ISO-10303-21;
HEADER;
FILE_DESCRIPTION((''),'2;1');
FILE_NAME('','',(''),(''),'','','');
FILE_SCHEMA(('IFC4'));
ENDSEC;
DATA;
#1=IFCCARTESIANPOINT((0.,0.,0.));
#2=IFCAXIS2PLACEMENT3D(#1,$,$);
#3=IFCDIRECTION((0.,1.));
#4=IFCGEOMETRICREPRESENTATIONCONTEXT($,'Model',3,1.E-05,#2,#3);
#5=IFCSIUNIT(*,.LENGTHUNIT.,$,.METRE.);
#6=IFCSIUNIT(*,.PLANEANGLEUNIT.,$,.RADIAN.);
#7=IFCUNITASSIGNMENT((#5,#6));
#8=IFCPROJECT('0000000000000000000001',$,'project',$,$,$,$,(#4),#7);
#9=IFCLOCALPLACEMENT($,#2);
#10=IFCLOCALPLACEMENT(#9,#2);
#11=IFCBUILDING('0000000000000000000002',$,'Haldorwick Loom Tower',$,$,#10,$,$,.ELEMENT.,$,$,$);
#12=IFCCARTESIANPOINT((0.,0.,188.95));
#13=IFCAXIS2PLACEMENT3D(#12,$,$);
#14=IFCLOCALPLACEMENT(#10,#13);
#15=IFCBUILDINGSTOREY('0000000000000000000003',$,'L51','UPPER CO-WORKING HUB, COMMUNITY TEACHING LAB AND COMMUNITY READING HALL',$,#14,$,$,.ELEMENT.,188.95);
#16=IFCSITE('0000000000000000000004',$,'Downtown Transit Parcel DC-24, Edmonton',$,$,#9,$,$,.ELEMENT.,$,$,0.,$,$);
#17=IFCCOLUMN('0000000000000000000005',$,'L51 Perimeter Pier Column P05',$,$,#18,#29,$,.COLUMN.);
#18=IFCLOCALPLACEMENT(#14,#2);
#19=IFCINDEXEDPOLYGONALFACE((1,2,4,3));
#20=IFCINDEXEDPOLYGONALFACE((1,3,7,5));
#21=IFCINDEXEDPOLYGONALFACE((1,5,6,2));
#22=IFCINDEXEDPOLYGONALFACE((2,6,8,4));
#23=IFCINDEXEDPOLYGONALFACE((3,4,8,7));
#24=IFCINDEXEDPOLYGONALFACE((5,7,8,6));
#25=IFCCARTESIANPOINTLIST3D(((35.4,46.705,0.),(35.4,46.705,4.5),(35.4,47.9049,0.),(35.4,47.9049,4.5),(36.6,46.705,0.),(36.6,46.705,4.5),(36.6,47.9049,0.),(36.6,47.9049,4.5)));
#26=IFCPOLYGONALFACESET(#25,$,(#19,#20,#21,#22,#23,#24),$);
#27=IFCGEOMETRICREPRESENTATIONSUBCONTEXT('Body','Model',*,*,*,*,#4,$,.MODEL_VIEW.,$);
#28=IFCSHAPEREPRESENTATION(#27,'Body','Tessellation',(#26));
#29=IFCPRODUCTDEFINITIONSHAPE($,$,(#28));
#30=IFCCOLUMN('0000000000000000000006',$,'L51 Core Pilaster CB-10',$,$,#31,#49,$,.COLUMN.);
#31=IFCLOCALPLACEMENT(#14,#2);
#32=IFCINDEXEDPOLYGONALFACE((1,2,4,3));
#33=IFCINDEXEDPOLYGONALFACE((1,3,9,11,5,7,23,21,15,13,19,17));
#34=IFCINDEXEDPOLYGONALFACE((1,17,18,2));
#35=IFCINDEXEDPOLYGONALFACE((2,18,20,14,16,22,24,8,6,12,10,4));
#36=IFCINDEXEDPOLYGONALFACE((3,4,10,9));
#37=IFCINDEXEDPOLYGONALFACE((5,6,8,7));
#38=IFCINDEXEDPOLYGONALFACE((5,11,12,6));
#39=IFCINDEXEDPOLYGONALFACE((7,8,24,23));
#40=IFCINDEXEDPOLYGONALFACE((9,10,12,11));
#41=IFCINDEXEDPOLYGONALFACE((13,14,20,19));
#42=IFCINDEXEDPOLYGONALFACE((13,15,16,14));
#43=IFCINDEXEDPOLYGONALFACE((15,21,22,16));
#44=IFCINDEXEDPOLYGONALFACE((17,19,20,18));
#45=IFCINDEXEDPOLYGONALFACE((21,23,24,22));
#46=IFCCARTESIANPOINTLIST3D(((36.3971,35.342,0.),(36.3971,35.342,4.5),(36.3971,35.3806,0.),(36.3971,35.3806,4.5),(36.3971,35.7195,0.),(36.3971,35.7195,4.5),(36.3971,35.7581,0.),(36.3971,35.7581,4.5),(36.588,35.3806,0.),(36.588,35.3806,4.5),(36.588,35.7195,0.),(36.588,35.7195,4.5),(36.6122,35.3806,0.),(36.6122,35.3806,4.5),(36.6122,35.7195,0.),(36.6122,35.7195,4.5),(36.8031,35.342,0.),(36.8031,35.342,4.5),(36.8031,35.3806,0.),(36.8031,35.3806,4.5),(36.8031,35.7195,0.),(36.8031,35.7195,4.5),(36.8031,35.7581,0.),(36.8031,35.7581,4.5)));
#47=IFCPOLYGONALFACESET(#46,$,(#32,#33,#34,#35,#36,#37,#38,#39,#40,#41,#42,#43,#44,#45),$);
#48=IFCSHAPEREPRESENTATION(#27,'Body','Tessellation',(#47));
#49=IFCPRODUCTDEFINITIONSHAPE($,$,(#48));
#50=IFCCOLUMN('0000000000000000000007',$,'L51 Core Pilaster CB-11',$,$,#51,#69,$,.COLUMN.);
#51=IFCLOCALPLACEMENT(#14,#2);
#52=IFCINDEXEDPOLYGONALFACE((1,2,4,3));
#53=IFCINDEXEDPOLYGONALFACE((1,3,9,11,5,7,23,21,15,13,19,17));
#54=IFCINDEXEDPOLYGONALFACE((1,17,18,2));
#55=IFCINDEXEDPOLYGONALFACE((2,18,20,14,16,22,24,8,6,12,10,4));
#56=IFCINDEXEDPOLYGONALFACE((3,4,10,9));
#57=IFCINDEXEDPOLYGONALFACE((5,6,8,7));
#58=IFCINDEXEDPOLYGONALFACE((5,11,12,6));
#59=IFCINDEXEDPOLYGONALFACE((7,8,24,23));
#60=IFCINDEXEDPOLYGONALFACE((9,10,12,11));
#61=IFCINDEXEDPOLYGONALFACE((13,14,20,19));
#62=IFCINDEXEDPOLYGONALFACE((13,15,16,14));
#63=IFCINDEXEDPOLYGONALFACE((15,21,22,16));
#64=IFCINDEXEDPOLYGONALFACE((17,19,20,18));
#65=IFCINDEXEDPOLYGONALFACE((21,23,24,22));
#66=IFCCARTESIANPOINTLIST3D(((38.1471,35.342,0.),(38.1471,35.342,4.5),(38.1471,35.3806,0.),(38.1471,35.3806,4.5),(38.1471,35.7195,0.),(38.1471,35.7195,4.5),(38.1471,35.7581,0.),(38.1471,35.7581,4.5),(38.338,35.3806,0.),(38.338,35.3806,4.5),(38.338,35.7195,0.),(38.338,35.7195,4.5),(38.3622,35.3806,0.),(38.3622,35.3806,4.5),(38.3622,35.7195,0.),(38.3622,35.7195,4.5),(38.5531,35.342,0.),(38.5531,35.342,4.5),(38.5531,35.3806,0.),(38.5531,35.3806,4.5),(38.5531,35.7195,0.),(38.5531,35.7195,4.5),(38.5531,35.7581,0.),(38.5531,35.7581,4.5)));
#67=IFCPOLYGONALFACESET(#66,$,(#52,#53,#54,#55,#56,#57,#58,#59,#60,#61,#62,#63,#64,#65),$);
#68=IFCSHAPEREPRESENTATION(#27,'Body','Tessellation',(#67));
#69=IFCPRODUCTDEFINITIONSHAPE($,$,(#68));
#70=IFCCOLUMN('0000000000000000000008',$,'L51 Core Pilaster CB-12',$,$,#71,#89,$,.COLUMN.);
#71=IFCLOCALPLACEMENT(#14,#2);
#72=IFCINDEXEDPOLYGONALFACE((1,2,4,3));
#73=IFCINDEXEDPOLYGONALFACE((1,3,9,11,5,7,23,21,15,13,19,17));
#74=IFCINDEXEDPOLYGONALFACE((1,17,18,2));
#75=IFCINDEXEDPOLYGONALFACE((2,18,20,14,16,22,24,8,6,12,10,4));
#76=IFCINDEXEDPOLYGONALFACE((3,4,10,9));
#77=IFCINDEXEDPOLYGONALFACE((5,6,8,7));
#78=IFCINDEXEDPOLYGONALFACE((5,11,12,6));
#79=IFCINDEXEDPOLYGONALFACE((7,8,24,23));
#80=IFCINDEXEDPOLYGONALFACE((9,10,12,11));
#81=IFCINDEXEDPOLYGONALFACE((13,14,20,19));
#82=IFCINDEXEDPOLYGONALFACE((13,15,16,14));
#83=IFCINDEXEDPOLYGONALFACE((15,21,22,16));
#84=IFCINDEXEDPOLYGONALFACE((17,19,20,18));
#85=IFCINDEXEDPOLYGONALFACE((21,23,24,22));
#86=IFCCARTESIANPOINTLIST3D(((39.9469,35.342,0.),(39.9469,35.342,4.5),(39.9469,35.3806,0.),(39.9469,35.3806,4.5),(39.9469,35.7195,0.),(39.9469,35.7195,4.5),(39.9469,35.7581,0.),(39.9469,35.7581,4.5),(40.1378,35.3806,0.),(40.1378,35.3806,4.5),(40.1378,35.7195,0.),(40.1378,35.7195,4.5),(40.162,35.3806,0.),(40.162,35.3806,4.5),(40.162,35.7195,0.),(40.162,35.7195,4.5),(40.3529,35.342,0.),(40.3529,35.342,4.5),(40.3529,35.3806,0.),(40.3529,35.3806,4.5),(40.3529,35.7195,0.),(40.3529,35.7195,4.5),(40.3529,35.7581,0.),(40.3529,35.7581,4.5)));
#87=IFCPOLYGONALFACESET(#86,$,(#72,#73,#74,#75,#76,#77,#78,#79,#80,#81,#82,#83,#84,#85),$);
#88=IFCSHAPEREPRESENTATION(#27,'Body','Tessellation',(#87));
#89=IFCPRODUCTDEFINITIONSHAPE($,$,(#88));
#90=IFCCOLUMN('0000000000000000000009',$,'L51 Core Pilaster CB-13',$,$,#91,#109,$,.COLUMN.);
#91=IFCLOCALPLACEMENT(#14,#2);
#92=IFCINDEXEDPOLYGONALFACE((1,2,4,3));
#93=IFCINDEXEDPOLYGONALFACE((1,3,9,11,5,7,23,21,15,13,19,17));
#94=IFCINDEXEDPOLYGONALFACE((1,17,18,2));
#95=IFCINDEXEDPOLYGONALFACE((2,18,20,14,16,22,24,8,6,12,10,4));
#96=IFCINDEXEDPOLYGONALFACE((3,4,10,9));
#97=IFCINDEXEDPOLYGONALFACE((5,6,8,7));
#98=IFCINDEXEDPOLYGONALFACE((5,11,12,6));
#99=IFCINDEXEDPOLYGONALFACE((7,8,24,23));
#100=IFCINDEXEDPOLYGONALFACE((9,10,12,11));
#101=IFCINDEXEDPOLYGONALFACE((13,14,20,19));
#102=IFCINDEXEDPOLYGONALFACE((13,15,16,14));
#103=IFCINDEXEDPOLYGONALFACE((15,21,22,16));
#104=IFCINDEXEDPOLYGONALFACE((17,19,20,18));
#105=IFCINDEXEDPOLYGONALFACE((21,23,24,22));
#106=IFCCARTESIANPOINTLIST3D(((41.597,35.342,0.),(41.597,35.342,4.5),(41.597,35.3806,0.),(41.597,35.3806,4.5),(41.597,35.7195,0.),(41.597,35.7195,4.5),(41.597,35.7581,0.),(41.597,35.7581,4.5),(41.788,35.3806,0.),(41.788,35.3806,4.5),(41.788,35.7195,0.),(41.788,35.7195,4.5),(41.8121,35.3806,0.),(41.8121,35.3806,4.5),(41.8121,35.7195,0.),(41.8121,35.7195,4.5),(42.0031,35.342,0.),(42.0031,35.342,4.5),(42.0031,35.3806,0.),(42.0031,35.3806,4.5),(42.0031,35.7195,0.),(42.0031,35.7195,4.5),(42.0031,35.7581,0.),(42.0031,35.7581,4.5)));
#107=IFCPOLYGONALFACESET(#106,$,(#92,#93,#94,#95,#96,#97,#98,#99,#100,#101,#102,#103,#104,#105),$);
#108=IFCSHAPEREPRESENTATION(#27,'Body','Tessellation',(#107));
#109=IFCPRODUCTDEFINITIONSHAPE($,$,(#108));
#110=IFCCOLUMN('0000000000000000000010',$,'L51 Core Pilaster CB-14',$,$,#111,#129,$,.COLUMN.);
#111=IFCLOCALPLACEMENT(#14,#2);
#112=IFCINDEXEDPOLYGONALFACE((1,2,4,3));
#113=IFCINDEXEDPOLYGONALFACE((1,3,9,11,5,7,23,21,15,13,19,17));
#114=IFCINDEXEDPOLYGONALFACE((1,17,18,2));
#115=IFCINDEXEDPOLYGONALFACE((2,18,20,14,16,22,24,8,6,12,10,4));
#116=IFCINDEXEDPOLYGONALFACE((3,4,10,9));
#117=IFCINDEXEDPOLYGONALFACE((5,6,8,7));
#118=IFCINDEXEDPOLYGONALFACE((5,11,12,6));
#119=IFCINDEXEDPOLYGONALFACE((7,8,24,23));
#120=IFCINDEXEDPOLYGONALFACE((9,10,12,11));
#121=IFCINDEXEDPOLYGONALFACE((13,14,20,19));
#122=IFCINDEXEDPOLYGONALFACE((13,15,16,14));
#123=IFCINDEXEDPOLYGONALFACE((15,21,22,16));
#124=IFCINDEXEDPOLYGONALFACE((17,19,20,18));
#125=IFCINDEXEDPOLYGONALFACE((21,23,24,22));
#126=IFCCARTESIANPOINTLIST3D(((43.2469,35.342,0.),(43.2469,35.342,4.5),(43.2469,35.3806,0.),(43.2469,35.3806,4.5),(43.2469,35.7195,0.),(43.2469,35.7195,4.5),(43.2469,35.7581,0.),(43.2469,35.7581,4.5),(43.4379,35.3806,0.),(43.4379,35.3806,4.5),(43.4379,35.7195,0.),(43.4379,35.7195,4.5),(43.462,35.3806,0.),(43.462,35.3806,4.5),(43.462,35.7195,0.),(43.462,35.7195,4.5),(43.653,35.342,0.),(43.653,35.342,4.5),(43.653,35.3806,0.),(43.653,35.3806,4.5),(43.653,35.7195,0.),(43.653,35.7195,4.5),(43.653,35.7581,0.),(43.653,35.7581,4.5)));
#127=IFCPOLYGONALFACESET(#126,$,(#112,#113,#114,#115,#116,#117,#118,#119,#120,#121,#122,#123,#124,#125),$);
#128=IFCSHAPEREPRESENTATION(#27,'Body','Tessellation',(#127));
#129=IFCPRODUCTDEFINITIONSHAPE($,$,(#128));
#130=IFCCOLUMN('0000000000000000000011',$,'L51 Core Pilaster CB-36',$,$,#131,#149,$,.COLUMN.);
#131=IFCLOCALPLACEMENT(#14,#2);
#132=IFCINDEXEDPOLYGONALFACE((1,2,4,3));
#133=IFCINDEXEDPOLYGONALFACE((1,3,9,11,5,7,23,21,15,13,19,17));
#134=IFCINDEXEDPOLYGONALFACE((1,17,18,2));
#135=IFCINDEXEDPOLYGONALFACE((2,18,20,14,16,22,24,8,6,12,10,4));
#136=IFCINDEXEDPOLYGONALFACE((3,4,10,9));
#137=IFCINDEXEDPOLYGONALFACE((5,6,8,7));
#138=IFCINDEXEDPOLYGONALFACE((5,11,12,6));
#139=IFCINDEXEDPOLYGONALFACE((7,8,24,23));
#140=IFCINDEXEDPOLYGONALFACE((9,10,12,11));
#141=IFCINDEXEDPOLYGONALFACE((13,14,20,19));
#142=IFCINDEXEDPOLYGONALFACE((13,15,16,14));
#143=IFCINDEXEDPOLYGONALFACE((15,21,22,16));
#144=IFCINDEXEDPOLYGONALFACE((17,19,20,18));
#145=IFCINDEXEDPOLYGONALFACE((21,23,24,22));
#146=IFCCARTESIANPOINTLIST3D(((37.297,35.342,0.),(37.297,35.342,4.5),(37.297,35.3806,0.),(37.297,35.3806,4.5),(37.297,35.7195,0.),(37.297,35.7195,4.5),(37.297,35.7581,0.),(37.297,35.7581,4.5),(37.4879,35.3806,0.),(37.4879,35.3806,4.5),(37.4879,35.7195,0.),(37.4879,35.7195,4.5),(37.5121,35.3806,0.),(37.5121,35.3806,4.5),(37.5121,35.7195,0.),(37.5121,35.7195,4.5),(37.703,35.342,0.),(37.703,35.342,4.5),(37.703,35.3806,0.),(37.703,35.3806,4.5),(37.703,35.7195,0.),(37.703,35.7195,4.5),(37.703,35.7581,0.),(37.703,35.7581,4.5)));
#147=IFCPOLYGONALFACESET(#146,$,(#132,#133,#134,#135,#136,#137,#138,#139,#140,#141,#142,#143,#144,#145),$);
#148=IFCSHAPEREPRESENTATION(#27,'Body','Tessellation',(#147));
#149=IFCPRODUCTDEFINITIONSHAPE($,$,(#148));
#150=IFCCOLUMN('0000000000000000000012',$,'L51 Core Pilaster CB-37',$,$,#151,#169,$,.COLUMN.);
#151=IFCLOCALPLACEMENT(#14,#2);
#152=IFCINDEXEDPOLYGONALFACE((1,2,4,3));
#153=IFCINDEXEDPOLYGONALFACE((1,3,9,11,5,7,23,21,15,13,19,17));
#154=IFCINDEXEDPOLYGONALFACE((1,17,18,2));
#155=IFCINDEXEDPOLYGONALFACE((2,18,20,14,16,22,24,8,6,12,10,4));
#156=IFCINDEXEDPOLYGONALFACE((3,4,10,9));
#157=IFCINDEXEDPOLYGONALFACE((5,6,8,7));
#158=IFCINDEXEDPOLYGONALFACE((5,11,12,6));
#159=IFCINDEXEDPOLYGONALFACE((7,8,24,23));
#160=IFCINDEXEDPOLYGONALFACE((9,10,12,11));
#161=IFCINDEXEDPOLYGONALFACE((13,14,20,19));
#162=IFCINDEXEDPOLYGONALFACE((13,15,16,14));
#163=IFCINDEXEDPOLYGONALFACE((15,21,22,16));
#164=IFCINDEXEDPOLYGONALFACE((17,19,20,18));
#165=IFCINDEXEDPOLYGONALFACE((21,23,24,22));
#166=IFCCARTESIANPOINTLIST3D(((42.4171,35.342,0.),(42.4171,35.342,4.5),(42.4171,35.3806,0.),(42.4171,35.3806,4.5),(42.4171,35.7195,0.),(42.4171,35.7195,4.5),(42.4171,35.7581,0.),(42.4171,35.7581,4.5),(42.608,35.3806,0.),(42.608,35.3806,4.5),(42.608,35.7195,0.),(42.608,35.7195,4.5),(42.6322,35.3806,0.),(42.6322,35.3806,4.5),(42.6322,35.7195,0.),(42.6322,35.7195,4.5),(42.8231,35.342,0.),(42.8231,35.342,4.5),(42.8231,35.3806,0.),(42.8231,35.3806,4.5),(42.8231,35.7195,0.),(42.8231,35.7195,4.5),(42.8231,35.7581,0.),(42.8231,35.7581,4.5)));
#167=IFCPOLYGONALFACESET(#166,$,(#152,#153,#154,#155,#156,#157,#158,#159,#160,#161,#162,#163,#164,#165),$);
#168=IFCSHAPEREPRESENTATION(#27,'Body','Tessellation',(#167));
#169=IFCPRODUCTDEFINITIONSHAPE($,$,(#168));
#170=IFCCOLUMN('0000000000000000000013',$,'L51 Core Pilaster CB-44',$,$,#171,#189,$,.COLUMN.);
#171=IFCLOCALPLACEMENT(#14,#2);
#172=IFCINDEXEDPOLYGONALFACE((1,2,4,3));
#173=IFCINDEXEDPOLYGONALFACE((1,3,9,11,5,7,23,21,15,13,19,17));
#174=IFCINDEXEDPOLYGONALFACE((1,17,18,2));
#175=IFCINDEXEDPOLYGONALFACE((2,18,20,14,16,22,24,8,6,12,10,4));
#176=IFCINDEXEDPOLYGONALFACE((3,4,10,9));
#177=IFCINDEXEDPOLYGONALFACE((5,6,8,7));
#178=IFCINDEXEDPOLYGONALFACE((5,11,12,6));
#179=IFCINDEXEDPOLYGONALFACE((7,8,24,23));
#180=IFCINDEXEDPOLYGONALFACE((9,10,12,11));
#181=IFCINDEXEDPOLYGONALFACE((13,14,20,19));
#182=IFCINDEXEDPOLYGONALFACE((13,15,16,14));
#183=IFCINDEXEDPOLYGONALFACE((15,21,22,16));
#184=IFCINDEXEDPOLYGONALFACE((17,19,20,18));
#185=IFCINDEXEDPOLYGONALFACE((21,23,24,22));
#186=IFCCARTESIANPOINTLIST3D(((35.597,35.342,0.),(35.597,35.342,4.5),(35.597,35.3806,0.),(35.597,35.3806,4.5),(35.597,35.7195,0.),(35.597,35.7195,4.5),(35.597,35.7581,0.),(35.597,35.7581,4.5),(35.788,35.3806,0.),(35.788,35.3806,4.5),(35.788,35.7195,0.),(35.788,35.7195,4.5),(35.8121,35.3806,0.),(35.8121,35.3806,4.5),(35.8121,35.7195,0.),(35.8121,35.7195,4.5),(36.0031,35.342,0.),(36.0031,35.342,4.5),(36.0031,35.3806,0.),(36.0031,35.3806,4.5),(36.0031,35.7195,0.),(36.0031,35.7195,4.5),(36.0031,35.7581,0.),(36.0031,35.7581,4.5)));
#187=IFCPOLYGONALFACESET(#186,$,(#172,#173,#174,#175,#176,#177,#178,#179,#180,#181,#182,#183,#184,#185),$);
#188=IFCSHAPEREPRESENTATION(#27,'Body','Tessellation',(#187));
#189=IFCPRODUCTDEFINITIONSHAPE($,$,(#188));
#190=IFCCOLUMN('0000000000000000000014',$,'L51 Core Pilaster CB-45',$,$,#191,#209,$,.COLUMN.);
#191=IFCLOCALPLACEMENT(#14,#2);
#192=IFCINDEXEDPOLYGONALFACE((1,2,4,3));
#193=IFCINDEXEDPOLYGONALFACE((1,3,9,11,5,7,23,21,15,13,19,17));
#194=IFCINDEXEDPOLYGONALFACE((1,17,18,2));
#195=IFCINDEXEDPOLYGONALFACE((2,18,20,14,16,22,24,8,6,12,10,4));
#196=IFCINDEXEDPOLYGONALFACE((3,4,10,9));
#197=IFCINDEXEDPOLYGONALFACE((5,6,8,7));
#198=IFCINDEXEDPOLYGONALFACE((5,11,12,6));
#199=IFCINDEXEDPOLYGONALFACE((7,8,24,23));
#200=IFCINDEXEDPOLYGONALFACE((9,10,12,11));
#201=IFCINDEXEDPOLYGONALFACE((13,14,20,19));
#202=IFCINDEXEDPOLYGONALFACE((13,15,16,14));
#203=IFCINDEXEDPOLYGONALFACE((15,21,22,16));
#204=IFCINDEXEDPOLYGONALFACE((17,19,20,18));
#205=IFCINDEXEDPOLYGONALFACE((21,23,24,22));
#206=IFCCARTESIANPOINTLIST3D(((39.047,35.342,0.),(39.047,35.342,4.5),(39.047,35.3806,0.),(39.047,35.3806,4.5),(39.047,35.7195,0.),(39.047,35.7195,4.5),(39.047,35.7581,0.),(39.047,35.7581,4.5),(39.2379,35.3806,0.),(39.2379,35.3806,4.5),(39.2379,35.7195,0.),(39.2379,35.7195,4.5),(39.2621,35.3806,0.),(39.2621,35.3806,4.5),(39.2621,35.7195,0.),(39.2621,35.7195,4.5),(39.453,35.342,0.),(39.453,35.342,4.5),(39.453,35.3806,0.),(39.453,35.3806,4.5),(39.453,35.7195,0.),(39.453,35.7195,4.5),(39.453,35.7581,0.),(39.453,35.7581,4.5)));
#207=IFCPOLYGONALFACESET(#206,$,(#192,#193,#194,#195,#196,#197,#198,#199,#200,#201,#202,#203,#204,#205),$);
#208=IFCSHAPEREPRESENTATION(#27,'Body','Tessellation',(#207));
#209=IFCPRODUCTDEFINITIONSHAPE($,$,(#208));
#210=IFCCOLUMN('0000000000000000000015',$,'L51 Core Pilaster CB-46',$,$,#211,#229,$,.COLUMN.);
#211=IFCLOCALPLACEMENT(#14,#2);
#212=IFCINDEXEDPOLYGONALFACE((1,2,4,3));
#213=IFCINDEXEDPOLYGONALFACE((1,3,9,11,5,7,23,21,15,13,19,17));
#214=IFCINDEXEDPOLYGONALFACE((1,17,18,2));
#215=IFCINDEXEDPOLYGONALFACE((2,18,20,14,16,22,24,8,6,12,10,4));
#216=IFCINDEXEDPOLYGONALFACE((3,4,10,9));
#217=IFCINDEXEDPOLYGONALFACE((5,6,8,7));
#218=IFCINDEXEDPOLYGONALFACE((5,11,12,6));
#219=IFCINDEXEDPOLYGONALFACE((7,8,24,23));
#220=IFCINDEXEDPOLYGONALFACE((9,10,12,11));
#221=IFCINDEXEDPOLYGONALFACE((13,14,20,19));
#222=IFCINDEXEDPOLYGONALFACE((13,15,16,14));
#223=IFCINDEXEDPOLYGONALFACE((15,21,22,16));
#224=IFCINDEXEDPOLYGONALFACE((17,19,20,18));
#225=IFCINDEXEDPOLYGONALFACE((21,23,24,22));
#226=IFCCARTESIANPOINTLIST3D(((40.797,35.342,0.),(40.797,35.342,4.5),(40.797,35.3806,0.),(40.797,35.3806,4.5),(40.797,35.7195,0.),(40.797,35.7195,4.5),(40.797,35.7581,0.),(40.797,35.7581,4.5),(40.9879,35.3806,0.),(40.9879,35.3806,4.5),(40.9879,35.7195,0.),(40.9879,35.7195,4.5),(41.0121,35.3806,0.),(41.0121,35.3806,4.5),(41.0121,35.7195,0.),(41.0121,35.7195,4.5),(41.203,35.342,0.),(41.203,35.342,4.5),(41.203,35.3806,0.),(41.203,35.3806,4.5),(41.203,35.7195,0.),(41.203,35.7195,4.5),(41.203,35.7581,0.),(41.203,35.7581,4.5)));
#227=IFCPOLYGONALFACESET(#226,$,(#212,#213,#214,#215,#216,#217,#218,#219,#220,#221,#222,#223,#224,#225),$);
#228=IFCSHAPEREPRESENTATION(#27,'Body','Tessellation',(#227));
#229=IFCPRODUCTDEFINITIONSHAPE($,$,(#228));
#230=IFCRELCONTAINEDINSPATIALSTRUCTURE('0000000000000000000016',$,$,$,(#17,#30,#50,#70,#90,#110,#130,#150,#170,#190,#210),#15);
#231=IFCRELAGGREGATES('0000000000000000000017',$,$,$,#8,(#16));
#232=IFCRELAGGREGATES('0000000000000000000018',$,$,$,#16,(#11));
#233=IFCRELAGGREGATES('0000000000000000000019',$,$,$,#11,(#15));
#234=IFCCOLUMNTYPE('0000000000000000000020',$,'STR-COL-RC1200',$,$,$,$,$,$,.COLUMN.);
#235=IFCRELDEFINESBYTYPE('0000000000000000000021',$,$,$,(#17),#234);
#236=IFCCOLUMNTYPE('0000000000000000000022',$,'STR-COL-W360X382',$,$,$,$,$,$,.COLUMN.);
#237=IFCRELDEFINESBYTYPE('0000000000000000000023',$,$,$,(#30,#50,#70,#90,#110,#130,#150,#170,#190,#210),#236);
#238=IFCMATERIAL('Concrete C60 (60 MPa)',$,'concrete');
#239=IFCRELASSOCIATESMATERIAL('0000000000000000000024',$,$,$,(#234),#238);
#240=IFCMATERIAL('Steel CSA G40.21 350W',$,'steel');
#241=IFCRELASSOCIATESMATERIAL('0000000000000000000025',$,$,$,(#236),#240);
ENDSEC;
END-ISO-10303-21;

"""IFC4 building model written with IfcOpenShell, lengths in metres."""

from ifc_helpers import new_model, si_unit, direction, frame, origin, origin_2d, place, context, subcontext, project, spatial, rectangle, i_section, extrude, material, material_profile, profile_set, type_object, element, save


model = new_model("IFC4")

# Units and contexts
model_context = context("Model", 3, precision=1e-05, world=origin(), true_north=direction((0.0, 1.0)))
body_context = subcontext(model_context, "Body", "Model", "MODEL_VIEW")
ifc_project = project(units=[si_unit("LENGTHUNIT", "METRE"), si_unit("PLANEANGLEUNIT", "RADIAN")], contexts=[model_context])

# Site, building, storey
site_placement = place(None, origin())
site = spatial("IfcSite", under=ifc_project, at=site_placement, Name="Downtown Transit Parcel DC-24, Edmonton", CompositionType="ELEMENT", RefElevation=0.0)
building_placement = place(site_placement, origin())
building = spatial("IfcBuilding", under=site, at=building_placement, Name="Haldorwick Loom Tower", CompositionType="ELEMENT")
storey_placement = place(building_placement, frame((0.0, 0.0, 188.95)))
storey = spatial("IfcBuildingStorey", under=building, at=storey_placement, Name="L51", Description="UPPER CO-WORKING HUB, COMMUNITY TEACHING LAB AND COMMUNITY READING HALL", CompositionType="ELEMENT", Elevation=188.95)

# Columns
ifc_material_1 = material(Name="Concrete C60 (60 MPa)", Category="concrete")
ifc_material_profile_1 = material_profile(ifc_material_1, rectangle(XDim=1.2, YDim=1.2, at=origin_2d()), Name="RC1200X1200", Category="concrete")
ifc_profile_set_1 = profile_set([ifc_material_profile_1], Name="Concrete C60 (60 MPa)")
column_type_1 = type_object("IfcColumnType", Name="STR-COL-RC1200", PredefinedType="COLUMN", material=ifc_profile_set_1)
column_placement = place(storey_placement, frame((36.0, 47.3049, 0.0), z_axis=(0.0, 0.0, 1.0), x_axis=(0.0, 1.0, 0.0)))
element("IfcColumn", 1, at=column_placement, inside=storey, type_object=column_type_1, Name="L51 Perimeter Pier Column P05", PredefinedType="COLUMN", context=body_context, shape_type="SweptSolid", body=[
    extrude(rectangle(XDim=1.2, YDim=1.2, at=origin_2d()), origin(), (0.0, 0.0, 1.0), 4.5),
])
ifc_material_2 = material(Name="Steel CSA G40.21 350W", Category="steel")
ifc_material_profile_2 = material_profile(ifc_material_2, i_section(OverallWidth=0.406, OverallDepth=0.416, WebThickness=0.0242, FlangeThickness=0.0386, at=origin_2d()), Name="W360X382", Category="steel")
ifc_profile_set_2 = profile_set([ifc_material_profile_2], Name="Steel CSA G40.21 350W")
column_type_2 = type_object("IfcColumnType", Name="STR-COL-W360X382", PredefinedType="COLUMN", material=ifc_profile_set_2)
for number, where, z_axis, x_axis, name in (
    (2, (36.6001, 35.55, 0.0), (0.0, 0.0, 1.0), (1.0, 0.0, 0.0), "L51 Core Pilaster CB-10"),
    (3, (38.3501, 35.55, 0.0), (0.0, 0.0, 1.0), (1.0, 0.0, 0.0), "L51 Core Pilaster CB-11"),
    (4, (40.1499, 35.55, 0.0), (0.0, 0.0, 1.0), (1.0, 0.0, 0.0), "L51 Core Pilaster CB-12"),
    (5, (41.8, 35.55, 0.0), (0.0, 0.0, 1.0), (1.0, 0.0, 0.0), "L51 Core Pilaster CB-13"),
    (6, (43.45, 35.55, 0.0), (0.0, 0.0, 1.0), (1.0, 0.0, 0.0), "L51 Core Pilaster CB-14"),
    (7, (37.5, 35.55, 0.0), (0.0, 0.0, 1.0), (1.0, 0.0, 0.0), "L51 Core Pilaster CB-36"),
    (8, (42.6201, 35.55, 0.0), (0.0, 0.0, 1.0), (1.0, 0.0, 0.0), "L51 Core Pilaster CB-37"),
    (9, (35.8, 35.55, 0.0), (0.0, 0.0, 1.0), (1.0, 0.0, 0.0), "L51 Core Pilaster CB-44"),
    (10, (39.25, 35.55, 0.0), (0.0, 0.0, 1.0), (1.0, 0.0, 0.0), "L51 Core Pilaster CB-45"),
    (11, (41.0, 35.55, 0.0), (0.0, 0.0, 1.0), (1.0, 0.0, 0.0), "L51 Core Pilaster CB-46"),
):
    element("IfcColumn", number, at=place(storey_placement, frame(where, z_axis=z_axis, x_axis=x_axis)), inside=storey, type_object=column_type_2, Name=name, PredefinedType="COLUMN", context=body_context, shape_type="SweptSolid", body=[
        extrude(i_section(OverallWidth=0.406, OverallDepth=0.416, WebThickness=0.0242, FlangeThickness=0.0386, at=origin_2d()), origin(), (0.0, 0.0, 1.0), 4.5),
    ])

save(model, "model.ifc")
